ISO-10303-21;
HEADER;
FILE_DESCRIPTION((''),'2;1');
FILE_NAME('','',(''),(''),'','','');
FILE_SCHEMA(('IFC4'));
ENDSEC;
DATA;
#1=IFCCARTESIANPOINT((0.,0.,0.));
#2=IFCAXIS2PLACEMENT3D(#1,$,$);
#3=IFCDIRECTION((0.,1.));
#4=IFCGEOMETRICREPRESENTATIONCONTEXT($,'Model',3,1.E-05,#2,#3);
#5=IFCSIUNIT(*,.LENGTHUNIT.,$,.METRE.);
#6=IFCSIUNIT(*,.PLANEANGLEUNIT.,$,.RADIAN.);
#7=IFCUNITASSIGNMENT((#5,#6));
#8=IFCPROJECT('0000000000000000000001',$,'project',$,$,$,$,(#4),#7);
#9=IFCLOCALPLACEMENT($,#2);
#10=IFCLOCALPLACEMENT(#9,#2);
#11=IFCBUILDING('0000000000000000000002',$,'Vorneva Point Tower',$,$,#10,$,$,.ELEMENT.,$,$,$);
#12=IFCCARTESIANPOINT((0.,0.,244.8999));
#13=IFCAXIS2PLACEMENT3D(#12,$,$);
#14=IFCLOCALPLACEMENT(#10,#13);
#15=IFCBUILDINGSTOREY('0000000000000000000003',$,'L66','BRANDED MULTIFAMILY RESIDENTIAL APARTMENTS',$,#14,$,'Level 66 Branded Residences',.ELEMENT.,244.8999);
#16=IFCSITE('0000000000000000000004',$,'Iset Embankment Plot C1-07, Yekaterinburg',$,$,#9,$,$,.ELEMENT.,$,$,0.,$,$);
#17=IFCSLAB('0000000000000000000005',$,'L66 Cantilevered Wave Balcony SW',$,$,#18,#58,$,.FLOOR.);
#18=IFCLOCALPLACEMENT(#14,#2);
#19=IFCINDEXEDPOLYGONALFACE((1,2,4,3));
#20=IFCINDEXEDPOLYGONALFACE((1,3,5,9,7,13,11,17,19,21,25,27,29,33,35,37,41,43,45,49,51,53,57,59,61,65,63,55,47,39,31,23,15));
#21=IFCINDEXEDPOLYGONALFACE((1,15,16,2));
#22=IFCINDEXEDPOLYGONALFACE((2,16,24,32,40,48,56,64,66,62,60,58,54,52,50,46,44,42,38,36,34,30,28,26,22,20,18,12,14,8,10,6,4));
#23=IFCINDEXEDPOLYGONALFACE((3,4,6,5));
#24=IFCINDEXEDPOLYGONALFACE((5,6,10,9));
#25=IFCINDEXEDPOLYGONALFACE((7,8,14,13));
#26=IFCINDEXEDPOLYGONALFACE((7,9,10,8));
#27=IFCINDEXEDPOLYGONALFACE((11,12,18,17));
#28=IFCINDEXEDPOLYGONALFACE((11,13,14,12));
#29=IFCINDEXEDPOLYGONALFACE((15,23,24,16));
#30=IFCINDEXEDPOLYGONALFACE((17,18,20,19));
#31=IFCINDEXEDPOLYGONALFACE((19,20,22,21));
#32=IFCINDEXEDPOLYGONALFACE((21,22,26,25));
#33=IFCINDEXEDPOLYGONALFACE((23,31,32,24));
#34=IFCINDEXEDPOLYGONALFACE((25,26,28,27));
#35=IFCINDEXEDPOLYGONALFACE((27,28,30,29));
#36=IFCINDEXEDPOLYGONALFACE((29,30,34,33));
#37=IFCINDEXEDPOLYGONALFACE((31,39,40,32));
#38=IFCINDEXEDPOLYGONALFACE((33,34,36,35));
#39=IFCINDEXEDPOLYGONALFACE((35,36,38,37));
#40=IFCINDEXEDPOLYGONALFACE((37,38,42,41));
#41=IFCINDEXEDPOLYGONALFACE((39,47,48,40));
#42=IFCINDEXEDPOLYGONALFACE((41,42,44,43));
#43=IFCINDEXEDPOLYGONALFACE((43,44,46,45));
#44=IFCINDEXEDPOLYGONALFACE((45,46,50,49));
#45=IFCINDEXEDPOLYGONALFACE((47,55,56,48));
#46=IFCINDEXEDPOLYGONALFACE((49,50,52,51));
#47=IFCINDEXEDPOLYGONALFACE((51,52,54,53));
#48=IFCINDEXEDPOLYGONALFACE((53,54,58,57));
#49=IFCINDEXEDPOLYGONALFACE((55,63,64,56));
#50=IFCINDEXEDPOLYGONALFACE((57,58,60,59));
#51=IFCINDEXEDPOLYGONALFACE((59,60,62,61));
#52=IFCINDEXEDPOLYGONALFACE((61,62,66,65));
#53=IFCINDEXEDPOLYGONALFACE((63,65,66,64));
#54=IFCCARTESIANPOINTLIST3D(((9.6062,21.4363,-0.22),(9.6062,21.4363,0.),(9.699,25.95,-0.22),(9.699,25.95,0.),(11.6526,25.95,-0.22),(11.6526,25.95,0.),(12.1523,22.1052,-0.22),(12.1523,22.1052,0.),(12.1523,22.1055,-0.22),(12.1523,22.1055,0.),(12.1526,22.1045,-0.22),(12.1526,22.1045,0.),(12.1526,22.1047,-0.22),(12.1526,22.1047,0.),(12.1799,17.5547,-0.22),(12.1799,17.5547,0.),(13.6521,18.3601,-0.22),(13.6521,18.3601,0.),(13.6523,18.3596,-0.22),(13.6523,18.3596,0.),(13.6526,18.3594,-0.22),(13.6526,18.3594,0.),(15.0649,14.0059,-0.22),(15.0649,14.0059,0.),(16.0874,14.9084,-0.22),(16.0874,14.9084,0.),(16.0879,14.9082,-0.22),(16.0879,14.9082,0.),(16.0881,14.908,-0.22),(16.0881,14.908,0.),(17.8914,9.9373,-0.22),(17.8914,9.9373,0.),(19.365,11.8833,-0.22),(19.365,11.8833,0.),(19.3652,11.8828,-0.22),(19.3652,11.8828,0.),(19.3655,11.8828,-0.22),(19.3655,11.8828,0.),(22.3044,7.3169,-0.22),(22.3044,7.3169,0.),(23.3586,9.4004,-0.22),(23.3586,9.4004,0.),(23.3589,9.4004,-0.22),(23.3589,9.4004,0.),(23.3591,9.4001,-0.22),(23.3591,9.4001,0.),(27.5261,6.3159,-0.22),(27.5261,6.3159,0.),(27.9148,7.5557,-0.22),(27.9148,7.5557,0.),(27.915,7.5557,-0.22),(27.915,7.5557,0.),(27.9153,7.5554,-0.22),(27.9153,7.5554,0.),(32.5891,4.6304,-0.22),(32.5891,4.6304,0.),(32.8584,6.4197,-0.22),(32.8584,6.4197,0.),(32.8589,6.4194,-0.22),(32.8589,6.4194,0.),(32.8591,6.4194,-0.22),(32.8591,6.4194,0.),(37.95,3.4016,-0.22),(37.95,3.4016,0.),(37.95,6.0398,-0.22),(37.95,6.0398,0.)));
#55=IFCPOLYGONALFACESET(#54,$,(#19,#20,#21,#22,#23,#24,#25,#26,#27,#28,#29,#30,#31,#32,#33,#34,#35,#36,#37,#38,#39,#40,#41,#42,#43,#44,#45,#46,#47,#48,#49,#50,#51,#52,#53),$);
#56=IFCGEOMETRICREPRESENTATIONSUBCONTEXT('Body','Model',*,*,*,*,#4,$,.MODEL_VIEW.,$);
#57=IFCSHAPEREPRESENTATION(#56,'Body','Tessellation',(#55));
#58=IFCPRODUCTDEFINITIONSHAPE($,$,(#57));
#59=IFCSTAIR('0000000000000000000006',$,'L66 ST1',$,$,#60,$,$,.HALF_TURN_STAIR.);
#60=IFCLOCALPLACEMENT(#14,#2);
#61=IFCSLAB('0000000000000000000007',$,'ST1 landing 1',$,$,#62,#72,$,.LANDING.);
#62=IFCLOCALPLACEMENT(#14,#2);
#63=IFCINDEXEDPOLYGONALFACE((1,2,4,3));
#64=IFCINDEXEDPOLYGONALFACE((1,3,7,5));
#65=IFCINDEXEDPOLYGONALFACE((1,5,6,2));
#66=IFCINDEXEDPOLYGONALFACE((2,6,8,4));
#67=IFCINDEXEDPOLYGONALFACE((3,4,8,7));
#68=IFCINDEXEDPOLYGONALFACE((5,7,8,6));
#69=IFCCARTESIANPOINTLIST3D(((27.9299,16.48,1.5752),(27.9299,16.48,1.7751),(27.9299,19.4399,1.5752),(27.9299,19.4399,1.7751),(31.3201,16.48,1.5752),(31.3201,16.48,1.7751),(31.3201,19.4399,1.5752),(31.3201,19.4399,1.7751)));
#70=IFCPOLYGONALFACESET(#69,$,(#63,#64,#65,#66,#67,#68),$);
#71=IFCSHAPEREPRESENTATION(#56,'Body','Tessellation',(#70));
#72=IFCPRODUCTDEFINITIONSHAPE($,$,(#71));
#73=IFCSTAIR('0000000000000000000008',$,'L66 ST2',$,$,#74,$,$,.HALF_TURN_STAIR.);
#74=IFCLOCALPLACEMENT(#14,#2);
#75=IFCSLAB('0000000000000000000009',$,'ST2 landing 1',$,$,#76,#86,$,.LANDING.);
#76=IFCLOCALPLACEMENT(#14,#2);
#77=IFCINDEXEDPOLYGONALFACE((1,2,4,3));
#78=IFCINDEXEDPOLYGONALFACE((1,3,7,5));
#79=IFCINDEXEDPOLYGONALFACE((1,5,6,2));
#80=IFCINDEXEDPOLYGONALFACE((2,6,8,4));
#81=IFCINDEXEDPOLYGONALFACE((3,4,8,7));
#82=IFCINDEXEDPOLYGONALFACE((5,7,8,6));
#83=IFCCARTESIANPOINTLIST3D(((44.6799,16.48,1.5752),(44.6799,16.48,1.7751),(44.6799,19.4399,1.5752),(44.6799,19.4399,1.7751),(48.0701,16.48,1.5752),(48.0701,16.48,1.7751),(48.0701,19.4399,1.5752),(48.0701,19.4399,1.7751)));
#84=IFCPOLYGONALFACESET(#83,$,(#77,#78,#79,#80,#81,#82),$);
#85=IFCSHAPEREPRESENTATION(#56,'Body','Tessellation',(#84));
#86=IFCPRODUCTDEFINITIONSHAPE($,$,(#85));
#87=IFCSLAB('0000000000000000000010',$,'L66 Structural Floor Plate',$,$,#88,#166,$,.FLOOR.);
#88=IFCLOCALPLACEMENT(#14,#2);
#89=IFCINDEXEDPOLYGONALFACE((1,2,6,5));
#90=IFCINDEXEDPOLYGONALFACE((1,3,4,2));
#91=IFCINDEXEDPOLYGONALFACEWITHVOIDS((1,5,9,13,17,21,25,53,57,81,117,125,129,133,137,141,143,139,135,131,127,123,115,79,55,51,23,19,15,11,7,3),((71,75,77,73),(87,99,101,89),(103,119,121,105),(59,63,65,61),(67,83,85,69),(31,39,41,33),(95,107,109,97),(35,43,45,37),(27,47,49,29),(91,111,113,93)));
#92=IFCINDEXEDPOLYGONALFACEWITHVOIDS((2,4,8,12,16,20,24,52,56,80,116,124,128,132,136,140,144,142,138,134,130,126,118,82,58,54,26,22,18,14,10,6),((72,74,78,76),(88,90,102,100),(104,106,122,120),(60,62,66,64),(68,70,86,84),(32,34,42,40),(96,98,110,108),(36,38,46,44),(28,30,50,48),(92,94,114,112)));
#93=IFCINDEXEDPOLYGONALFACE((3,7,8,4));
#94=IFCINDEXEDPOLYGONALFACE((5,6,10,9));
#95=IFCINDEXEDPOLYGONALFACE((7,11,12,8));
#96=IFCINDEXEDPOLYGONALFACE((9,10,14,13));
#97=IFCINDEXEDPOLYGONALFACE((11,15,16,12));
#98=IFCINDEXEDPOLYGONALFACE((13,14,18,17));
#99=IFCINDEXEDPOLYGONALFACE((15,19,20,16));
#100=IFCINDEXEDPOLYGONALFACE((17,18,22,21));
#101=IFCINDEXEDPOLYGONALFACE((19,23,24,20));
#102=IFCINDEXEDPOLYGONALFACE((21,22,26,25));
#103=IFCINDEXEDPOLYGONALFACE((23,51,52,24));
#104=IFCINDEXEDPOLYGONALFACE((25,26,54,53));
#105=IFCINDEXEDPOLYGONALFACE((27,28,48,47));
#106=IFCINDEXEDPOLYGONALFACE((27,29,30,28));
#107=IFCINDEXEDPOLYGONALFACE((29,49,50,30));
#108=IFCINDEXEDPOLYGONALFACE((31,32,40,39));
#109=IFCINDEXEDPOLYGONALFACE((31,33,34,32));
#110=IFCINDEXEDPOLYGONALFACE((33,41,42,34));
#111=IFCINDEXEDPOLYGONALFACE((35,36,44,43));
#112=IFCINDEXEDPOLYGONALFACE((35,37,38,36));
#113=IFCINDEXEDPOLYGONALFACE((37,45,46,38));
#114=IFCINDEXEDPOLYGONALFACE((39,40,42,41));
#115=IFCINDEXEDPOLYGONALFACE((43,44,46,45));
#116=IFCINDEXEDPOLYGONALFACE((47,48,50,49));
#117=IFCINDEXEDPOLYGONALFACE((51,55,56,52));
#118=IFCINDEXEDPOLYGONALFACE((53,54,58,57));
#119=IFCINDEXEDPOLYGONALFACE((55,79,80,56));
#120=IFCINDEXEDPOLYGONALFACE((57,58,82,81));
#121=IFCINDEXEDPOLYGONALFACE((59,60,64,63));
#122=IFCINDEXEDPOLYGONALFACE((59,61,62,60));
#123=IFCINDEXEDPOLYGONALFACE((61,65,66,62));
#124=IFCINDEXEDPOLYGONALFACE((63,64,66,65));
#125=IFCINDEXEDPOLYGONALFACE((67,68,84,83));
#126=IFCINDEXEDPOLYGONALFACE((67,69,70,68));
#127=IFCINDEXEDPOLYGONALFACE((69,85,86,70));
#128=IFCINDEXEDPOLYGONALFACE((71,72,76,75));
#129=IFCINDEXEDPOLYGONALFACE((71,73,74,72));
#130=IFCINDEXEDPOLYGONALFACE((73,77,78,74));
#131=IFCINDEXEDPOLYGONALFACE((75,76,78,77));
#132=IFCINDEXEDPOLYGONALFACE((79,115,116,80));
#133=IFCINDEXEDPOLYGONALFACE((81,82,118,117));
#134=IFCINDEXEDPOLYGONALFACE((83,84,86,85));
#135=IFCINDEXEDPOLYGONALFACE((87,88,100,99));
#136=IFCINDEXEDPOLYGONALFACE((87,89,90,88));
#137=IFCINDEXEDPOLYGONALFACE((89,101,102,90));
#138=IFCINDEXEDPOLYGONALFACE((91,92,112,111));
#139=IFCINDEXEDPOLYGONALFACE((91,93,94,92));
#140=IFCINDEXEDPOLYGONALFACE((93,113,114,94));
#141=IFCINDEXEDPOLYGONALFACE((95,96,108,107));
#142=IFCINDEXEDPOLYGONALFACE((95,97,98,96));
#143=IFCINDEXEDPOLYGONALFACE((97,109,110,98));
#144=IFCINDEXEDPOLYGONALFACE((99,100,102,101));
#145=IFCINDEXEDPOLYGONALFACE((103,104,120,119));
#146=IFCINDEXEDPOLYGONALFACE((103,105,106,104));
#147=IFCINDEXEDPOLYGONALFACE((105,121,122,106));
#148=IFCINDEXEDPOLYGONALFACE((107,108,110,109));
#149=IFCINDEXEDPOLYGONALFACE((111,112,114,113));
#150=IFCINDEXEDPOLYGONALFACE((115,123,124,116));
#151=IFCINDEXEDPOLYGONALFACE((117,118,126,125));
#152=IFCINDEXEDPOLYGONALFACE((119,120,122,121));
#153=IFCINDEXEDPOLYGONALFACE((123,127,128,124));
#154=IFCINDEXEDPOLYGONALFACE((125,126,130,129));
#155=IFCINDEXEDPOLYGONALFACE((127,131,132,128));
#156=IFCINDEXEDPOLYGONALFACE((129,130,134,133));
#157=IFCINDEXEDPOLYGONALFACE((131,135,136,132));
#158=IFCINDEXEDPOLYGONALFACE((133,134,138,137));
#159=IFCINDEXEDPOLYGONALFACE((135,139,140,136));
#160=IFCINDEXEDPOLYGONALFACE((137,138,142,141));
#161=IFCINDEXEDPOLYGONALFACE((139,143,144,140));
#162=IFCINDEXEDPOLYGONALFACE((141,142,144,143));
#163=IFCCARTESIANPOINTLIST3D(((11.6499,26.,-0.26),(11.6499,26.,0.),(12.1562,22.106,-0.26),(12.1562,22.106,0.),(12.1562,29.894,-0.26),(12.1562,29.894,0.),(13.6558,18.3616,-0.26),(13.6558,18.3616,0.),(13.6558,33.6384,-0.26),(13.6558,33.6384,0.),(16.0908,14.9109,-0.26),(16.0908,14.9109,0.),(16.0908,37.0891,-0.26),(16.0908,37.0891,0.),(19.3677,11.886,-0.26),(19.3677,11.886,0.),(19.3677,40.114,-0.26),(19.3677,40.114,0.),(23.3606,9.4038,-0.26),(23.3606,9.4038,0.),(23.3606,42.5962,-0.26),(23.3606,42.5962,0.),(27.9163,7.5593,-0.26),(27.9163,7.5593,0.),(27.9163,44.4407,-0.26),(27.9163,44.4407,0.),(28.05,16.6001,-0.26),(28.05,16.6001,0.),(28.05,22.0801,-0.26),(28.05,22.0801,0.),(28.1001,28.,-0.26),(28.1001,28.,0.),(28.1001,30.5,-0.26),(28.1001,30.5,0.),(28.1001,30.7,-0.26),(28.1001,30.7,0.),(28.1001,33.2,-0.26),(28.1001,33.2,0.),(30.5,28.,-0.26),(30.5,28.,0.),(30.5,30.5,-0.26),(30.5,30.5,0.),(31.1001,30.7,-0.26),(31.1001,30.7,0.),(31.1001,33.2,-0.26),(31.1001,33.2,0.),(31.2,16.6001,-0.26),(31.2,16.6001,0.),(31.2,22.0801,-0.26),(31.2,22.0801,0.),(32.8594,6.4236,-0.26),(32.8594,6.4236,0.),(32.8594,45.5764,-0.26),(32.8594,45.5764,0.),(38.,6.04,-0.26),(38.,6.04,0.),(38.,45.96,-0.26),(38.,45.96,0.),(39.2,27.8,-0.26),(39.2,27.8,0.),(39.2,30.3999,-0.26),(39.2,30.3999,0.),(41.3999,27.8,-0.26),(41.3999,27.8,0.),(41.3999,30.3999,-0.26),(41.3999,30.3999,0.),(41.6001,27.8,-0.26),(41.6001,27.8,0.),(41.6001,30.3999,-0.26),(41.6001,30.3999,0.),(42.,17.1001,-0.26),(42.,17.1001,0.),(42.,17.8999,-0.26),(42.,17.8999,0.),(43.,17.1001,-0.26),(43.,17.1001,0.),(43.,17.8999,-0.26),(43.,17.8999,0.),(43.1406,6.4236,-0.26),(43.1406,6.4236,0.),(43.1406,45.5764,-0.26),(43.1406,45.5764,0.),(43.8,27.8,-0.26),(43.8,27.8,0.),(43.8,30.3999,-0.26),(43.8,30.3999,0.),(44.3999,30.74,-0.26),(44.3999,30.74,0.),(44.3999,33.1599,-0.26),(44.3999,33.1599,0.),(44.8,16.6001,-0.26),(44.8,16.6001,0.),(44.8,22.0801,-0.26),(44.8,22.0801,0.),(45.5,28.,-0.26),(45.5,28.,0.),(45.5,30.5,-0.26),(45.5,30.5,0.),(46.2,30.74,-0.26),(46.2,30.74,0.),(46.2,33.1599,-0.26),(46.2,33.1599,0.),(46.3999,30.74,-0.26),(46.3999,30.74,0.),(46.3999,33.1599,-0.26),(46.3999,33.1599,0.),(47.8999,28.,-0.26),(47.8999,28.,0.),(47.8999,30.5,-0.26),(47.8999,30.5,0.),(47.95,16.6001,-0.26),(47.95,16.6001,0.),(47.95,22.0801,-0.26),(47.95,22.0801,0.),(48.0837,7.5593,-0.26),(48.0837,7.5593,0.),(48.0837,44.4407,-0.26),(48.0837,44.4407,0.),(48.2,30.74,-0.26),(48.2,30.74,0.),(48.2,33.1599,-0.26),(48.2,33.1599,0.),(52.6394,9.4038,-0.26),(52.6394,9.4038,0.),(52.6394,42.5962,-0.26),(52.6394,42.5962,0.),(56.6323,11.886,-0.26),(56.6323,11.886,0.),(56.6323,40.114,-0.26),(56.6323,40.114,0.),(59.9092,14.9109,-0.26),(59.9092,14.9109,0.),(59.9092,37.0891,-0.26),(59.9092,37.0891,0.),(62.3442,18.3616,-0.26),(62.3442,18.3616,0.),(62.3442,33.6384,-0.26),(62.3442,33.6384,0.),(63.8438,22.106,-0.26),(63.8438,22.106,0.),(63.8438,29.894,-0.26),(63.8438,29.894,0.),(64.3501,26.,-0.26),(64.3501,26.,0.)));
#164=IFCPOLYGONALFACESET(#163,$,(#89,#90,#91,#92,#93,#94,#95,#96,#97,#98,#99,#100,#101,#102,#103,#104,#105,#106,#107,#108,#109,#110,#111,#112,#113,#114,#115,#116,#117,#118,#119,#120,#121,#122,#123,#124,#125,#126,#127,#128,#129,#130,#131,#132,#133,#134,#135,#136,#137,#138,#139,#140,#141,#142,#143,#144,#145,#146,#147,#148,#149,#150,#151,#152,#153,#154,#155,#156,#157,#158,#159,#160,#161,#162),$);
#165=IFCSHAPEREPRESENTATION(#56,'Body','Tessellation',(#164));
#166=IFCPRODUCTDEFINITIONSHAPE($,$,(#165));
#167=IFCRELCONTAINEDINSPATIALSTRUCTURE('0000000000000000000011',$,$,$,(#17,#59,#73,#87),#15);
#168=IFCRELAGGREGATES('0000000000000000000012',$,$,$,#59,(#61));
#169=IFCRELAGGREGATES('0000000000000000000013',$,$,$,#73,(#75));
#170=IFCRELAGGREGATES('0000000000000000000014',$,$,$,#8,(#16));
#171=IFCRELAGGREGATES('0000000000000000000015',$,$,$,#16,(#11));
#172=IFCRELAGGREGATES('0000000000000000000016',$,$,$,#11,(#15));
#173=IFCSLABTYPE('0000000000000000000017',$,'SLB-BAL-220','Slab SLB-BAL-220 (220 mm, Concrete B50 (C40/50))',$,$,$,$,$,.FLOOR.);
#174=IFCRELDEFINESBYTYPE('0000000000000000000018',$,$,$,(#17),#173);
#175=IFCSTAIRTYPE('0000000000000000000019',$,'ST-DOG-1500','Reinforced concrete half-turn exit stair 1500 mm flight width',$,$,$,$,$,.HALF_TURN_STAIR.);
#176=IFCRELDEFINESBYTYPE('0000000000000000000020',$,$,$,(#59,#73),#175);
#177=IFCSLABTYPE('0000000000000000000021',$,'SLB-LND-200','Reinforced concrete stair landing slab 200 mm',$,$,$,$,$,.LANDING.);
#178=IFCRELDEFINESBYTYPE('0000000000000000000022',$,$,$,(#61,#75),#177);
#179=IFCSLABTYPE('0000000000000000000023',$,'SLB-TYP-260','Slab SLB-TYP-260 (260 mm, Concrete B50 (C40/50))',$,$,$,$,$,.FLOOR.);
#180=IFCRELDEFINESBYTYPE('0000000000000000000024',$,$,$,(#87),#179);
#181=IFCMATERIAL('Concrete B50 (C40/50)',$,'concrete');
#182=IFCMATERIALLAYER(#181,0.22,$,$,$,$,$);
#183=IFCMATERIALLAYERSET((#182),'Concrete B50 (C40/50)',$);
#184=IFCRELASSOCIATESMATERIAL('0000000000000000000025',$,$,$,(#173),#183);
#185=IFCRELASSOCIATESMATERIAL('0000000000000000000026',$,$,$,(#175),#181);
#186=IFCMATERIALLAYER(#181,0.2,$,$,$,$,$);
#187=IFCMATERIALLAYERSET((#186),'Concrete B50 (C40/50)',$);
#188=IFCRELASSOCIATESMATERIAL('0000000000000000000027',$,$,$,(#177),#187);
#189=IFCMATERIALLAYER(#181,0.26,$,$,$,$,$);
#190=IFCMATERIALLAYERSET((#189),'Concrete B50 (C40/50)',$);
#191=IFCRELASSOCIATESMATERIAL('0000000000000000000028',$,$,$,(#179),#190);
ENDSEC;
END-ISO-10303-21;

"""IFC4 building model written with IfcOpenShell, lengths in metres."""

from ifc_helpers import new_model, si_unit, direction, frame, origin, place, context, subcontext, project, spatial, polyline, outline, extrude, material, layer, layer_set, type_object, element, aggregate, save


model = new_model("IFC4")

# Units and contexts
model_context = context("Model", 3, precision=1e-05, world=origin(), true_north=direction((0.0, 1.0)))
body_context = subcontext(model_context, "Body", "Model", "MODEL_VIEW")
ifc_project = project(units=[si_unit("LENGTHUNIT", "METRE"), si_unit("PLANEANGLEUNIT", "RADIAN")], contexts=[model_context])

# Site, building, storey
site_placement = place(None, origin())
site = spatial("IfcSite", under=ifc_project, at=site_placement, Name="Iset Embankment Plot C1-07, Yekaterinburg", CompositionType="ELEMENT", RefElevation=0.0)
building_placement = place(site_placement, origin())
building = spatial("IfcBuilding", under=site, at=building_placement, Name="Vorneva Point Tower", CompositionType="ELEMENT")
storey_placement = place(building_placement, frame((0.0, 0.0, 244.8999)))
storey = spatial("IfcBuildingStorey", under=building, at=storey_placement, Name="L66", Description="BRANDED MULTIFAMILY RESIDENTIAL APARTMENTS", LongName="Level 66 Branded Residences", CompositionType="ELEMENT", Elevation=244.8999)

# Shared definitions
ifc_material_1 = material(Name="Concrete B50 (C40/50)", Category="concrete")

# Slab
ifc_layer_1 = layer(ifc_material_1, 0.22)
ifc_layer_set_1 = layer_set([ifc_layer_1], Name="Concrete B50 (C40/50)")
slab_type_1 = type_object("IfcSlabType", Name="SLB-BAL-220", Description="Slab SLB-BAL-220 (220 mm, Concrete B50 (C40/50))", PredefinedType="FLOOR", material=ifc_layer_set_1)
slab_1_placement = place(storey_placement, frame((0.0, 0.0, -0.22)))
element("IfcSlab", 1, at=slab_1_placement, inside=storey, type_object=slab_type_1, Name="L66 Cantilevered Wave Balcony SW", PredefinedType="FLOOR", context=body_context, shape_type="SweptSolid", body=[
    extrude(outline(polyline([(37.95, 3.4016), (37.95, 6.0398), (32.8591, 6.4194), (32.8589, 6.4194), (32.8584, 6.4197), (27.9153, 7.5554), (27.915, 7.5557), (27.9148, 7.5557), (23.3591, 9.4001), (23.3589, 9.4004), (23.3586, 9.4004), (19.3655, 11.8828), (19.3652, 11.8828), (19.365, 11.8833), (16.0881, 14.908), (16.0879, 14.9082), (16.0874, 14.9084), (13.6526, 18.3594), (13.6523, 18.3596), (13.6521, 18.3601), (12.1526, 22.1045), (12.1526, 22.1047), (12.1523, 22.1052), (12.1523, 22.1055), (11.6526, 25.95), (9.699, 25.95), (9.6062, 21.4363), (12.1799, 17.5547), (15.0649, 14.0059), (17.8914, 9.9373), (22.3044, 7.3169), (27.5261, 6.3159), (32.5891, 4.6304), (37.95, 3.4016)])), origin(), (0.0, 0.0, 1.0), 0.22),
])

# Stairs, slabs
stair_type = type_object("IfcStairType", Name="ST-DOG-1500", Description="Reinforced concrete half-turn exit stair 1500 mm flight width", PredefinedType="HALF_TURN_STAIR", material=ifc_material_1)
stair_1_placement = place(storey_placement, origin())
stair_1 = element("IfcStair", 2, at=stair_1_placement, inside=storey, type_object=stair_type, Name="L66 ST1", PredefinedType="HALF_TURN_STAIR")
ifc_layer_2 = layer(ifc_material_1, 0.2)
ifc_layer_set_2 = layer_set([ifc_layer_2], Name="Concrete B50 (C40/50)")
slab_type_2 = type_object("IfcSlabType", Name="SLB-LND-200", Description="Reinforced concrete stair landing slab 200 mm", PredefinedType="LANDING", material=ifc_layer_set_2)
slab_2_placement = place(storey_placement, frame((0.0, 0.0, 1.5752)))
slab_2 = element("IfcSlab", 3, at=slab_2_placement, type_object=slab_type_2, Name="ST1 landing 1", PredefinedType="LANDING", context=body_context, shape_type="SweptSolid", body=[
    extrude(outline(polyline([(27.9299, 16.48), (31.3201, 16.48), (31.3201, 19.4399), (27.9299, 19.4399), (27.9299, 16.48)])), origin(), (0.0, 0.0, 1.0), 0.2),
])
aggregate(stair_1, [slab_2])
stair_2_placement = place(storey_placement, origin())
stair_2 = element("IfcStair", 4, at=stair_2_placement, inside=storey, type_object=stair_type, Name="L66 ST2", PredefinedType="HALF_TURN_STAIR")
slab_3_placement = place(storey_placement, frame((0.0, 0.0, 1.5752)))
slab_3 = element("IfcSlab", 5, at=slab_3_placement, type_object=slab_type_2, Name="ST2 landing 1", PredefinedType="LANDING", context=body_context, shape_type="SweptSolid", body=[
    extrude(outline(polyline([(44.6799, 16.48), (48.0701, 16.48), (48.0701, 19.4399), (44.6799, 19.4399), (44.6799, 16.48)])), origin(), (0.0, 0.0, 1.0), 0.2),
])
aggregate(stair_2, [slab_3])

# Slab
ifc_layer_3 = layer(ifc_material_1, 0.26)
ifc_layer_set_3 = layer_set([ifc_layer_3], Name="Concrete B50 (C40/50)")
slab_type_3 = type_object("IfcSlabType", Name="SLB-TYP-260", Description="Slab SLB-TYP-260 (260 mm, Concrete B50 (C40/50))", PredefinedType="FLOOR", material=ifc_layer_set_3)
slab_4_placement = place(storey_placement, frame((0.0, 0.0, -0.26)))
element("IfcSlab", 6, at=slab_4_placement, inside=storey, type_object=slab_type_3, Name="L66 Structural Floor Plate", PredefinedType="FLOOR", context=body_context, shape_type="SweptSolid", body=[
    extrude(outline(polyline([(64.3501, 26.0), (63.8438, 29.894), (62.3442, 33.6384), (59.9092, 37.0891), (56.6323, 40.114), (52.6394, 42.5962), (48.0837, 44.4407), (43.1406, 45.5764), (38.0, 45.96), (32.8594, 45.5764), (27.9163, 44.4407), (23.3606, 42.5962), (19.3677, 40.114), (16.0908, 37.0891), (13.6558, 33.6384), (12.1562, 29.894), (11.6499, 26.0), (12.1562, 22.106), (13.6558, 18.3616), (16.0908, 14.9109), (19.3677, 11.886), (23.3606, 9.4038), (27.9163, 7.5593), (32.8594, 6.4236), (38.0, 6.04), (43.1406, 6.4236), (48.0837, 7.5593), (52.6394, 9.4038), (56.6323, 11.886), (59.9092, 14.9109), (62.3442, 18.3616), (63.8438, 22.106), (64.3501, 26.0)]), holes=[polyline([(39.2, 27.8), (41.3999, 27.8), (41.3999, 30.3999), (39.2, 30.3999), (39.2, 27.8)]), polyline([(41.6001, 27.8), (43.8, 27.8), (43.8, 30.3999), (41.6001, 30.3999), (41.6001, 27.8)]), polyline([(44.3999, 30.74), (46.2, 30.74), (46.2, 33.1599), (44.3999, 33.1599), (44.3999, 30.74)]), polyline([(46.3999, 30.74), (48.2, 30.74), (48.2, 33.1599), (46.3999, 33.1599), (46.3999, 30.74)]), polyline([(28.1001, 28.0), (30.5, 28.0), (30.5, 30.5), (28.1001, 30.5), (28.1001, 28.0)]), polyline([(45.5, 28.0), (47.8999, 28.0), (47.8999, 30.5), (45.5, 30.5), (45.5, 28.0)]), polyline([(28.1001, 30.7), (31.1001, 30.7), (31.1001, 33.2), (28.1001, 33.2), (28.1001, 30.7)]), polyline([(28.05, 16.6001), (31.2, 16.6001), (31.2, 22.0801), (28.05, 22.0801), (28.05, 16.6001)]), polyline([(44.8, 16.6001), (47.95, 16.6001), (47.95, 22.0801), (44.8, 22.0801), (44.8, 16.6001)]), polyline([(42.0, 17.1001), (43.0, 17.1001), (43.0, 17.8999), (42.0, 17.8999), (42.0, 17.1001)])]), origin(), (0.0, 0.0, 1.0), 0.26),
])

save(model, "model.ifc")
